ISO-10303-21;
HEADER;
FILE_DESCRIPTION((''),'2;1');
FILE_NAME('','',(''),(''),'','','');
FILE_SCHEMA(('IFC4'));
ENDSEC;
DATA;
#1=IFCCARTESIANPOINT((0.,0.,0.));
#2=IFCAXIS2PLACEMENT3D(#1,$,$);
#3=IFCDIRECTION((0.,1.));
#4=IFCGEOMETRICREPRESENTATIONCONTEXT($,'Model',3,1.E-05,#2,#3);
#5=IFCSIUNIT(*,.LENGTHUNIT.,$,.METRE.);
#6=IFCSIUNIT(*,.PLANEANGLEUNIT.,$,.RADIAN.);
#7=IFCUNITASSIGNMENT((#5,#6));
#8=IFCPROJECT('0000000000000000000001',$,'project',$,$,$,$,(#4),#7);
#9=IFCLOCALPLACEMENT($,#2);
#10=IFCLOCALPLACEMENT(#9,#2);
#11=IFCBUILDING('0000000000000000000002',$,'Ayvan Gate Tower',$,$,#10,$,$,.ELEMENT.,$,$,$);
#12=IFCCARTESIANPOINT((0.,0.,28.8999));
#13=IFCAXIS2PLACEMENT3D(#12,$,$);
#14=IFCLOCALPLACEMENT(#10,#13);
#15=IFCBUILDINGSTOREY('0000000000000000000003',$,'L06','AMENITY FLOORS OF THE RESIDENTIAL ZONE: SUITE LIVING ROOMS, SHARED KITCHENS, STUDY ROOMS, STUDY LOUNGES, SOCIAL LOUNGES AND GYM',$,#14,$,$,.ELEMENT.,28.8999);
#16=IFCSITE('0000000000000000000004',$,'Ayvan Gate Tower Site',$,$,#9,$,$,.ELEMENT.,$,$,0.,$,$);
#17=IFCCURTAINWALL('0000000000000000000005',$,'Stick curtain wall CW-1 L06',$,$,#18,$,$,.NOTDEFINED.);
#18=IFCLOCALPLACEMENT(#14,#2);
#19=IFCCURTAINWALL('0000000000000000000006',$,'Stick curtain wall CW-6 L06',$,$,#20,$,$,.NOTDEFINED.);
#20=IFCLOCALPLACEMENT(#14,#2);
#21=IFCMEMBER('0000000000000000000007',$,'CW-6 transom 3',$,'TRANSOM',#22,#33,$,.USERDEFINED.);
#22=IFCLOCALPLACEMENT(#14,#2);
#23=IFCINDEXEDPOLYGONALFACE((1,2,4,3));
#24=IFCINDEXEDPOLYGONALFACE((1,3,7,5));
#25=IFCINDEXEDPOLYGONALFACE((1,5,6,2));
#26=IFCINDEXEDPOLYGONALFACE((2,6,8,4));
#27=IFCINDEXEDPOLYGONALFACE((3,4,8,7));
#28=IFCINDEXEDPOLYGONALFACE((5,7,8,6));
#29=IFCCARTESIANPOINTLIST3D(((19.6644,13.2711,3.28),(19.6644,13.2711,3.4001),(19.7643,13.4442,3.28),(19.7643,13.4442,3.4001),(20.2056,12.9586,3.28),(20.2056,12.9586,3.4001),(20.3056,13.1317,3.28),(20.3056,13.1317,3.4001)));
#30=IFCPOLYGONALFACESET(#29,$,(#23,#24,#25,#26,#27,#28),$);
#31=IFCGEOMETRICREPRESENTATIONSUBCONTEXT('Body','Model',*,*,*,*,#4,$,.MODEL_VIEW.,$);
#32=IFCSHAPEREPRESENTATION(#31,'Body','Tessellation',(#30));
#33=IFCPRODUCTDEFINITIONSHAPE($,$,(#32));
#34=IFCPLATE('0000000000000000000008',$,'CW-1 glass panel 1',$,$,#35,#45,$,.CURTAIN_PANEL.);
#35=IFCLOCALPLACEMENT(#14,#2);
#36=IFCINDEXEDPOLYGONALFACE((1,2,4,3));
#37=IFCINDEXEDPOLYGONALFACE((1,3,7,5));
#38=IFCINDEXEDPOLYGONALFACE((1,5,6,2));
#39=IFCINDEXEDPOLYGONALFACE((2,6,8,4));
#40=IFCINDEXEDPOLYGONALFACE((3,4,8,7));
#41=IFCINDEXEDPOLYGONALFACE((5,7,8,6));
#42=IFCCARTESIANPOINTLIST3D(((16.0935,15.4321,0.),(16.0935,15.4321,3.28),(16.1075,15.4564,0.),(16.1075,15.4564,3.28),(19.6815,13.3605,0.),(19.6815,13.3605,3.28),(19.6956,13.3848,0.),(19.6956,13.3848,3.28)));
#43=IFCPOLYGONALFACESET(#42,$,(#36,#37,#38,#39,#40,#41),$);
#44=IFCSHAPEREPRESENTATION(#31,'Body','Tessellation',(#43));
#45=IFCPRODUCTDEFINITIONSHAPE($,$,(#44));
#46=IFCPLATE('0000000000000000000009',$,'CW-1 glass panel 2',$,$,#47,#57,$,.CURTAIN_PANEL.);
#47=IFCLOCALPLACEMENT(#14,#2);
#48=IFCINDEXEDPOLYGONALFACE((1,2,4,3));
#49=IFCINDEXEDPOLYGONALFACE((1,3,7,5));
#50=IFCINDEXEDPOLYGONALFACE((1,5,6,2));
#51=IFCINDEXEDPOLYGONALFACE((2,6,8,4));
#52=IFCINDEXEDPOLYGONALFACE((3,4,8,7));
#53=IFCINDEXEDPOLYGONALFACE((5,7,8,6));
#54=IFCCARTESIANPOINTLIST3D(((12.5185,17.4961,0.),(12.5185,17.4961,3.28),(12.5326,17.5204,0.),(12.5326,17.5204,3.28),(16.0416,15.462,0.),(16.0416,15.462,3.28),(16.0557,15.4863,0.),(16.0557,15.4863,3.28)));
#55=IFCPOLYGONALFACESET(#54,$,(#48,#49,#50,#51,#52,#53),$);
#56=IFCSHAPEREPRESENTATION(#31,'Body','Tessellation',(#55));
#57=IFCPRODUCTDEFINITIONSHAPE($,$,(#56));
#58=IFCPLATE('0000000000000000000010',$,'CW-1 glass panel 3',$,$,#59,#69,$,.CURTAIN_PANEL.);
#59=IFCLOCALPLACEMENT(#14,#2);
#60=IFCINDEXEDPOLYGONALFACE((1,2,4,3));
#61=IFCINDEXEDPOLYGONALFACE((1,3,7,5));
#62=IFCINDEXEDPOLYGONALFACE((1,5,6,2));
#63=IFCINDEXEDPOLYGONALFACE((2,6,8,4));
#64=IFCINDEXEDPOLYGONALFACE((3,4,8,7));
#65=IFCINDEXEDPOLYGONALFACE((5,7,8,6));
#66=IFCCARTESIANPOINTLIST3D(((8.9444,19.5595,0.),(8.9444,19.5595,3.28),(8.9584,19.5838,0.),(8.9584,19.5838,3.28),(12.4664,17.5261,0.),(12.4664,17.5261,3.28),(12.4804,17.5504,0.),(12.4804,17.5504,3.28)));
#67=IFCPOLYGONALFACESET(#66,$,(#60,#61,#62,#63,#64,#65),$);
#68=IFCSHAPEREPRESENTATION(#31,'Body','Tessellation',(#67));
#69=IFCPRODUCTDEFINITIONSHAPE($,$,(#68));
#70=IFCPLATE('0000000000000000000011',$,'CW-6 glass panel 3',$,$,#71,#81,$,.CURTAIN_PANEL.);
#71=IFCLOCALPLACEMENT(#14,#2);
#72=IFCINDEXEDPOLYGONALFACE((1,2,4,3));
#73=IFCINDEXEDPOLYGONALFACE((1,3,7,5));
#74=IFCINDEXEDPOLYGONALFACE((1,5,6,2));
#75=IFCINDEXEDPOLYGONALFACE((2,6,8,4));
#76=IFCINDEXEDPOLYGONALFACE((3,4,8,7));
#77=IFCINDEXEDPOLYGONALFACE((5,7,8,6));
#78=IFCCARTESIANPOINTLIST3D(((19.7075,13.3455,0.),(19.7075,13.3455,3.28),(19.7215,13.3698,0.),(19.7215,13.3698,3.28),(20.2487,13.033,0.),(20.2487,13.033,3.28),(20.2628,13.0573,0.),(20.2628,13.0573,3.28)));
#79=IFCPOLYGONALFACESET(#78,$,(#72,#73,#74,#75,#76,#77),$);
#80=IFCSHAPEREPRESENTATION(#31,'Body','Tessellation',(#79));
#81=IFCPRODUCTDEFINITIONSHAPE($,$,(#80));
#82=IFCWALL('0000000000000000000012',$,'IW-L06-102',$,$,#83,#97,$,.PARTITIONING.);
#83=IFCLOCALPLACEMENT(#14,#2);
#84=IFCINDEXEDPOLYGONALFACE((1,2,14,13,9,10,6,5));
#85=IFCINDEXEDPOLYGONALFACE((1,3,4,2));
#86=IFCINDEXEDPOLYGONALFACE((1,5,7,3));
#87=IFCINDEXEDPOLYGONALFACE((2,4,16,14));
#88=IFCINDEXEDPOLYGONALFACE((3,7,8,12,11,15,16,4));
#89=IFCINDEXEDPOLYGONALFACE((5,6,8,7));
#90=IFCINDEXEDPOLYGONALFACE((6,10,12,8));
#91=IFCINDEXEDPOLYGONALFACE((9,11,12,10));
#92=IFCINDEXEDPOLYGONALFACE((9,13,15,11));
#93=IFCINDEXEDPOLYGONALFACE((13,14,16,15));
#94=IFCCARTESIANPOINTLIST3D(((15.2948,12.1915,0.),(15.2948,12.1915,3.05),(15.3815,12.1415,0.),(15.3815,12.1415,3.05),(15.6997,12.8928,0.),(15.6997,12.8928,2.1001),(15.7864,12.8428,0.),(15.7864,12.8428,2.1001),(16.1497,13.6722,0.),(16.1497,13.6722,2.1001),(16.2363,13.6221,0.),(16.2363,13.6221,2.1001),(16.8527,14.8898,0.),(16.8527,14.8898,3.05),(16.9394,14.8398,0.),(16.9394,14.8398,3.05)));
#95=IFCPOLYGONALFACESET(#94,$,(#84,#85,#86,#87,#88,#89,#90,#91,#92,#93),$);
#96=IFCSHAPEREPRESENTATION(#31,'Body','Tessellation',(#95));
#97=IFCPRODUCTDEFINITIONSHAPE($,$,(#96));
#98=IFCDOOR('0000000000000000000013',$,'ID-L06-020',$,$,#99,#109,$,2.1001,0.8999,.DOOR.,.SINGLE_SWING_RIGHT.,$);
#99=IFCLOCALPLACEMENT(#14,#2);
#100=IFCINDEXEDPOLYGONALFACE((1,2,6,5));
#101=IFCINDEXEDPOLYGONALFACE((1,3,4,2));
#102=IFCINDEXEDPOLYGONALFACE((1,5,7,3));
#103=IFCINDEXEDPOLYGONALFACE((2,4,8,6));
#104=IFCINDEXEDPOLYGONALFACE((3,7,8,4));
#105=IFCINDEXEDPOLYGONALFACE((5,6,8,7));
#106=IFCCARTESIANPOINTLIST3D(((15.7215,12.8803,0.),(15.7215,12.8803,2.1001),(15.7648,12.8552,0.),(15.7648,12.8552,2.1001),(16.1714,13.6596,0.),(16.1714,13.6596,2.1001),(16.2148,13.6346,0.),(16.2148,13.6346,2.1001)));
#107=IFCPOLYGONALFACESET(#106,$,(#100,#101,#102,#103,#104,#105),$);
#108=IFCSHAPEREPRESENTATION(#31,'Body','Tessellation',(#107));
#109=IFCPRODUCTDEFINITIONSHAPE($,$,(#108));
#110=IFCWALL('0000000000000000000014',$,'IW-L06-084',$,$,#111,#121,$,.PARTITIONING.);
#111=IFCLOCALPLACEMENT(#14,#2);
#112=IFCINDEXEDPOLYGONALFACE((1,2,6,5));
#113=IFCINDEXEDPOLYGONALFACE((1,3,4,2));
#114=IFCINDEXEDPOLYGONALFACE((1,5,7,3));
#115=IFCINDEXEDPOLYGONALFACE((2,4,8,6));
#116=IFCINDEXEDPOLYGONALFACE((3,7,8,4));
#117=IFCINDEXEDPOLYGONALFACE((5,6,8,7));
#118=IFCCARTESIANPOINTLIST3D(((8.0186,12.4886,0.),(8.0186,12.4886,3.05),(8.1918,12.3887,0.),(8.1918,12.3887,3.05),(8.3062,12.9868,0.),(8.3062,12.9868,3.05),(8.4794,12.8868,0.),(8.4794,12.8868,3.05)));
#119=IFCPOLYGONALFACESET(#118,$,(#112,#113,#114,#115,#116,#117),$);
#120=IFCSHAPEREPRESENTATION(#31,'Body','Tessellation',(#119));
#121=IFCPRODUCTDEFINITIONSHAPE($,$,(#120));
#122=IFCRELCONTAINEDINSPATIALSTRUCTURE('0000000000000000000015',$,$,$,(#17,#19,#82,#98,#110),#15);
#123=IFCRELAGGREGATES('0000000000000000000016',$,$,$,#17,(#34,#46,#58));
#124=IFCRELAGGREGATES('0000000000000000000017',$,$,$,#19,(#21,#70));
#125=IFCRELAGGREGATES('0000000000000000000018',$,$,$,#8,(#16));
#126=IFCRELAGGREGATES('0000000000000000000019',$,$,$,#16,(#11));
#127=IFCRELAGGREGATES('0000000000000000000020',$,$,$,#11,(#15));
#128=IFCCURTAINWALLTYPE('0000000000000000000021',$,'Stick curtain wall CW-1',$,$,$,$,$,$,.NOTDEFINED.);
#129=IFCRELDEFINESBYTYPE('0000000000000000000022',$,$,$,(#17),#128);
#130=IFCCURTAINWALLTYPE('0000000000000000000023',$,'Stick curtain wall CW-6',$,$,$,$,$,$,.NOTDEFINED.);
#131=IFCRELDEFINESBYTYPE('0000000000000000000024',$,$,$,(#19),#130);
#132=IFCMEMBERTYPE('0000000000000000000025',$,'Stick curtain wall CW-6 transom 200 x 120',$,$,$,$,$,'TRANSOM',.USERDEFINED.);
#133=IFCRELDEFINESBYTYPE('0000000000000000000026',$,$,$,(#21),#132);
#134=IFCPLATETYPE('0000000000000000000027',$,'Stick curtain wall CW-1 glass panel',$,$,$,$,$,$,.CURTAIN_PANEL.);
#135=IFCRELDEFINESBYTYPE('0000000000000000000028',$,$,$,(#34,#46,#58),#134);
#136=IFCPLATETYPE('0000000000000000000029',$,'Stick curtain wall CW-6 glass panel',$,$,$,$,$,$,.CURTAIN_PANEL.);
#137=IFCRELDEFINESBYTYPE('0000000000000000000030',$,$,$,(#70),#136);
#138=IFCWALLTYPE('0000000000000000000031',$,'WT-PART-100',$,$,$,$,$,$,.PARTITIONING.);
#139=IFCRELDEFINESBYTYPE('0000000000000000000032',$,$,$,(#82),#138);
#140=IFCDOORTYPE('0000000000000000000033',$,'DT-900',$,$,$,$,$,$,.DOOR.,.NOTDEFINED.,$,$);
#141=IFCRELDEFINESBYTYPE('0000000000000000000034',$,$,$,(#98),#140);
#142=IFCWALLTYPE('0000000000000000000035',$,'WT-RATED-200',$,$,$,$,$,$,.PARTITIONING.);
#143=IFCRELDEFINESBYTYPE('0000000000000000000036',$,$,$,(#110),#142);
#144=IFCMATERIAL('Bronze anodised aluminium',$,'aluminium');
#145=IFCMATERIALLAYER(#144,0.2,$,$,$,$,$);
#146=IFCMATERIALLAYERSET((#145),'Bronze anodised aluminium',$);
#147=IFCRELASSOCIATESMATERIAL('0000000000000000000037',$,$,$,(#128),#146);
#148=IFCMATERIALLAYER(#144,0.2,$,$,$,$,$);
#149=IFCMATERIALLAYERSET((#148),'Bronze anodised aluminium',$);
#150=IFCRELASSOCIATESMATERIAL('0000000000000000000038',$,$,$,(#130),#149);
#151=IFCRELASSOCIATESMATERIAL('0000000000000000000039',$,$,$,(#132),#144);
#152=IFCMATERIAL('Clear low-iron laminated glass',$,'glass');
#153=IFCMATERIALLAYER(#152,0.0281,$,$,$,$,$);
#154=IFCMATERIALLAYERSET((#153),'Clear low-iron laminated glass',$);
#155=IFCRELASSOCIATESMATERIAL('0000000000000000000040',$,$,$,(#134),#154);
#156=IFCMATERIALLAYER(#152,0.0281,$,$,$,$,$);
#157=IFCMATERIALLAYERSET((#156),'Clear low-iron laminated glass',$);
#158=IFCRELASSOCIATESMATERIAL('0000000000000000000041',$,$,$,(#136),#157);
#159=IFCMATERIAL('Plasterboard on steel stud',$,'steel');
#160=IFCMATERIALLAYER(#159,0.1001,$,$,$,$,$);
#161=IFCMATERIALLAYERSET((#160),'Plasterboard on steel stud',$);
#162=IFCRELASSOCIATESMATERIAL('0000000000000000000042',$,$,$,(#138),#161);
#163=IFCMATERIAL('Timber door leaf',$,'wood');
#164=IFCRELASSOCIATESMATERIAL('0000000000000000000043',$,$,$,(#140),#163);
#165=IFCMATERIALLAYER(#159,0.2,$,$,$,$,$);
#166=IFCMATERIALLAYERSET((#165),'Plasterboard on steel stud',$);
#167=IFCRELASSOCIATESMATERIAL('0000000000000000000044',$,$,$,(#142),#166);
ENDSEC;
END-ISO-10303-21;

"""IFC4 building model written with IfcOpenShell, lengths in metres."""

from ifc_helpers import new_model, si_unit, direction, frame, frame_2d, origin, origin_2d, place, context, subcontext, project, spatial, rectangle, extrude, material, layer, layer_set, material_profile, profile_set, type_object, element, fill, aggregate, save


model = new_model("IFC4")

# Units and contexts
model_context = context("Model", 3, precision=1e-05, world=origin(), true_north=direction((0.0, 1.0)))
body_context = subcontext(model_context, "Body", "Model", "MODEL_VIEW")
ifc_project = project(units=[si_unit("LENGTHUNIT", "METRE"), si_unit("PLANEANGLEUNIT", "RADIAN")], contexts=[model_context])

# Site, building, storey
site_placement = place(None, origin())
site = spatial("IfcSite", under=ifc_project, at=site_placement, Name="Ayvan Gate Tower Site", CompositionType="ELEMENT", RefElevation=0.0)
building_placement = place(site_placement, origin())
building = spatial("IfcBuilding", under=site, at=building_placement, Name="Ayvan Gate Tower", CompositionType="ELEMENT")
storey_placement = place(building_placement, frame((0.0, 0.0, 28.8999)))
storey = spatial("IfcBuildingStorey", under=building, at=storey_placement, Name="L06", Description="AMENITY FLOORS OF THE RESIDENTIAL ZONE: SUITE LIVING ROOMS, SHARED KITCHENS, STUDY ROOMS, STUDY LOUNGES, SOCIAL LOUNGES AND GYM", CompositionType="ELEMENT", Elevation=28.8999)

# Curtain walls, member
ifc_material_1 = material(Name="Bronze anodised aluminium", Category="aluminium")
ifc_layer_1 = layer(ifc_material_1, 0.2)
ifc_layer_set_1 = layer_set([ifc_layer_1], Name="Bronze anodised aluminium")
curtain_wall_type_1 = type_object("IfcCurtainWallType", Name="Stick curtain wall CW-1", PredefinedType="NOTDEFINED", material=ifc_layer_set_1)
curtain_wall_1_placement = place(storey_placement, origin())
curtain_wall_1 = element("IfcCurtainWall", 1, at=curtain_wall_1_placement, inside=storey, type_object=curtain_wall_type_1, Name="Stick curtain wall CW-1 L06", PredefinedType="NOTDEFINED")
ifc_layer_2 = layer(ifc_material_1, 0.2)
ifc_layer_set_2 = layer_set([ifc_layer_2], Name="Bronze anodised aluminium")
curtain_wall_type_2 = type_object("IfcCurtainWallType", Name="Stick curtain wall CW-6", PredefinedType="NOTDEFINED", material=ifc_layer_set_2)
curtain_wall_2_placement = place(storey_placement, origin())
curtain_wall_2 = element("IfcCurtainWall", 2, at=curtain_wall_2_placement, inside=storey, type_object=curtain_wall_type_2, Name="Stick curtain wall CW-6 L06", PredefinedType="NOTDEFINED")
ifc_material_profile_1 = material_profile(ifc_material_1, rectangle(XDim=0.2, YDim=0.1201, at=origin_2d()), Name="Stick curtain wall CW-6 transom 200 x 120")
ifc_profile_set_1 = profile_set([ifc_material_profile_1], Name="Bronze anodised aluminium")
member_type_1 = type_object("IfcMemberType", Name="Stick curtain wall CW-6 transom 200 x 120", ElementType="TRANSOM", PredefinedType="USERDEFINED", material=ifc_profile_set_1)
member_1_placement = place(storey_placement, frame((20.2556, 13.0452, 3.3401), z_axis=(-0.866023, 0.500004, 0.0), x_axis=(-0.500004, -0.866023, 0.0)))
member_1 = element("IfcMember", 3, at=member_1_placement, type_object=member_type_1, Name="CW-6 transom 3", ObjectType="TRANSOM", PredefinedType="USERDEFINED", context=body_context, shape_type="SweptSolid", body=[
    extrude(rectangle(XDim=0.2, YDim=0.1201, at=origin_2d()), origin(), (0.0, 0.0, 1.0), 0.625),
])

# Plates
ifc_material_2 = material(Name="Clear low-iron laminated glass", Category="glass")
ifc_layer_3 = layer(ifc_material_2, 0.0281)
ifc_layer_set_3 = layer_set([ifc_layer_3], Name="Clear low-iron laminated glass")
plate_type_1 = type_object("IfcPlateType", Name="Stick curtain wall CW-1 glass panel", PredefinedType="CURTAIN_PANEL", material=ifc_layer_set_3)
plate_1_placement = place(storey_placement, frame((17.8945, 14.4084, 0.0), z_axis=(0.0, 0.0, 1.0), x_axis=(-0.866025, 0.5, 0.0)))
plate_1 = element("IfcPlate", 4, at=plate_1_placement, type_object=plate_type_1, Name="CW-1 glass panel 1", PredefinedType="CURTAIN_PANEL", context=body_context, shape_type="SweptSolid", body=[
    extrude(rectangle(XDim=4.1431, YDim=0.0281, at=origin_2d()), origin(), (0.0, 0.0, 1.0), 3.28),
])
plate_2_placement = place(storey_placement, frame((14.2871, 16.4912, 0.0), z_axis=(0.0, 0.0, 1.0), x_axis=(-0.866025, 0.5, 0.0)))
plate_2 = element("IfcPlate", 5, at=plate_2_placement, type_object=plate_type_1, Name="CW-1 glass panel 2", PredefinedType="CURTAIN_PANEL", context=body_context, shape_type="SweptSolid", body=[
    extrude(rectangle(XDim=4.0681, YDim=0.0281, at=origin_2d()), origin(), (0.0, 0.0, 1.0), 3.28),
])
plate_3_placement = place(storey_placement, frame((10.7124, 18.5549, 0.0), z_axis=(0.0, 0.0, 1.0), x_axis=(-0.866025, 0.5, 0.0)))
plate_3 = element("IfcPlate", 6, at=plate_3_placement, type_object=plate_type_1, Name="CW-1 glass panel 3", PredefinedType="CURTAIN_PANEL", context=body_context, shape_type="SweptSolid", body=[
    extrude(rectangle(XDim=4.0669, YDim=0.0281, at=origin_2d()), origin(), (0.0, 0.0, 1.0), 3.28),
])
aggregate(curtain_wall_1, [plate_1, plate_2, plate_3])
ifc_layer_4 = layer(ifc_material_2, 0.0281)
ifc_layer_set_4 = layer_set([ifc_layer_4], Name="Clear low-iron laminated glass")
plate_type_2 = type_object("IfcPlateType", Name="Stick curtain wall CW-6 glass panel", PredefinedType="CURTAIN_PANEL", material=ifc_layer_set_4)
plate_4_placement = place(storey_placement, frame((19.9851, 13.2014, 0.0), z_axis=(0.0, 0.0, 1.0), x_axis=(-0.866025, 0.5, 0.0)))
plate_4 = element("IfcPlate", 7, at=plate_4_placement, type_object=plate_type_2, Name="CW-6 glass panel 3", PredefinedType="CURTAIN_PANEL", context=body_context, shape_type="SweptSolid", body=[
    extrude(rectangle(XDim=0.625, YDim=0.0281, at=origin_2d()), origin(), (0.0, 0.0, 1.0), 3.28),
])
aggregate(curtain_wall_2, [member_1, plate_4])

# Wall, opening, door
ifc_material_3 = material(Name="Plasterboard on steel stud", Category="steel")
ifc_layer_5 = layer(ifc_material_3, 0.1001)
ifc_layer_set_5 = layer_set([ifc_layer_5], Name="Plasterboard on steel stud")
wall_type_1 = type_object("IfcWallType", Name="WT-PART-100", PredefinedType="PARTITIONING", material=ifc_layer_set_5)
wall_1_placement = place(storey_placement, frame((15.3381, 12.1665, 0.0), z_axis=(0.0, 0.0, 1.0), x_axis=(0.500007, 0.866021, 0.0)))
wall_1 = element("IfcWall", 8, at=wall_1_placement, inside=storey, type_object=wall_type_1, Name="IW-L06-102", PredefinedType="PARTITIONING", context=body_context, shape_type="SweptSolid", body=[
    extrude(rectangle(XDim=3.1157, YDim=0.1001, at=frame_2d((1.5579, 0.0))), origin(), (0.0, 0.0, 1.0), 3.05),
])
opening_1_placement = place(wall_1_placement, frame((0.8098, 0.0, 0.0)))
opening_1 = element("IfcOpeningElement", 9, at=opening_1_placement, cuts=wall_1, PredefinedType="OPENING", context=body_context, shape_type="SweptSolid", body=[
    extrude(rectangle(XDim=0.8999, YDim=2.1001, at=frame_2d((0.45, 1.05))), frame((0.0, 0.0601, 0.0), z_axis=(0.0, -1.0, 0.0), x_axis=(1.0, 0.0, 0.0)), (0.0, 0.0, 1.0), 0.1201),
])
ifc_material_4 = material(Name="Timber door leaf", Category="wood")
door_type_1 = type_object("IfcDoorType", Name="DT-900", OperationType="NOTDEFINED", PredefinedType="DOOR", material=ifc_material_4)
door_1_placement = place(opening_1_placement, origin())
door_1 = element("IfcDoor", 10, at=door_1_placement, inside=storey, type_object=door_type_1, Name="ID-L06-020", OperationType="SINGLE_SWING_RIGHT", OverallHeight=2.1001, OverallWidth=0.8999, PredefinedType="DOOR", context=body_context, shape_type="SweptSolid", body=[
    extrude(rectangle(XDim=0.8999, YDim=2.1001, at=frame_2d((0.45, 1.05))), frame((0.0, 0.0249, 0.0), z_axis=(0.0, -1.0, 0.0), x_axis=(1.0, 0.0, 0.0)), (0.0, 0.0, 1.0), 0.05),
])
fill(opening_1, door_1)

# Wall
ifc_layer_6 = layer(ifc_material_3, 0.2)
ifc_layer_set_6 = layer_set([ifc_layer_6], Name="Plasterboard on steel stud")
wall_type_2 = type_object("IfcWallType", Name="WT-RATED-200", PredefinedType="PARTITIONING", material=ifc_layer_set_6)
wall_2_placement = place(storey_placement, frame((8.3928, 12.9368, 0.0), z_axis=(0.0, 0.0, 1.0), x_axis=(-0.500065, -0.865988, 0.0)))
element("IfcWall", 11, at=wall_2_placement, inside=storey, type_object=wall_type_2, Name="IW-L06-084", PredefinedType="PARTITIONING", context=body_context, shape_type="SweptSolid", body=[
    extrude(rectangle(XDim=0.5752, YDim=0.2, at=frame_2d((0.2876, 0.0))), origin(), (0.0, 0.0, 1.0), 3.05),
])

save(model, "model.ifc")
